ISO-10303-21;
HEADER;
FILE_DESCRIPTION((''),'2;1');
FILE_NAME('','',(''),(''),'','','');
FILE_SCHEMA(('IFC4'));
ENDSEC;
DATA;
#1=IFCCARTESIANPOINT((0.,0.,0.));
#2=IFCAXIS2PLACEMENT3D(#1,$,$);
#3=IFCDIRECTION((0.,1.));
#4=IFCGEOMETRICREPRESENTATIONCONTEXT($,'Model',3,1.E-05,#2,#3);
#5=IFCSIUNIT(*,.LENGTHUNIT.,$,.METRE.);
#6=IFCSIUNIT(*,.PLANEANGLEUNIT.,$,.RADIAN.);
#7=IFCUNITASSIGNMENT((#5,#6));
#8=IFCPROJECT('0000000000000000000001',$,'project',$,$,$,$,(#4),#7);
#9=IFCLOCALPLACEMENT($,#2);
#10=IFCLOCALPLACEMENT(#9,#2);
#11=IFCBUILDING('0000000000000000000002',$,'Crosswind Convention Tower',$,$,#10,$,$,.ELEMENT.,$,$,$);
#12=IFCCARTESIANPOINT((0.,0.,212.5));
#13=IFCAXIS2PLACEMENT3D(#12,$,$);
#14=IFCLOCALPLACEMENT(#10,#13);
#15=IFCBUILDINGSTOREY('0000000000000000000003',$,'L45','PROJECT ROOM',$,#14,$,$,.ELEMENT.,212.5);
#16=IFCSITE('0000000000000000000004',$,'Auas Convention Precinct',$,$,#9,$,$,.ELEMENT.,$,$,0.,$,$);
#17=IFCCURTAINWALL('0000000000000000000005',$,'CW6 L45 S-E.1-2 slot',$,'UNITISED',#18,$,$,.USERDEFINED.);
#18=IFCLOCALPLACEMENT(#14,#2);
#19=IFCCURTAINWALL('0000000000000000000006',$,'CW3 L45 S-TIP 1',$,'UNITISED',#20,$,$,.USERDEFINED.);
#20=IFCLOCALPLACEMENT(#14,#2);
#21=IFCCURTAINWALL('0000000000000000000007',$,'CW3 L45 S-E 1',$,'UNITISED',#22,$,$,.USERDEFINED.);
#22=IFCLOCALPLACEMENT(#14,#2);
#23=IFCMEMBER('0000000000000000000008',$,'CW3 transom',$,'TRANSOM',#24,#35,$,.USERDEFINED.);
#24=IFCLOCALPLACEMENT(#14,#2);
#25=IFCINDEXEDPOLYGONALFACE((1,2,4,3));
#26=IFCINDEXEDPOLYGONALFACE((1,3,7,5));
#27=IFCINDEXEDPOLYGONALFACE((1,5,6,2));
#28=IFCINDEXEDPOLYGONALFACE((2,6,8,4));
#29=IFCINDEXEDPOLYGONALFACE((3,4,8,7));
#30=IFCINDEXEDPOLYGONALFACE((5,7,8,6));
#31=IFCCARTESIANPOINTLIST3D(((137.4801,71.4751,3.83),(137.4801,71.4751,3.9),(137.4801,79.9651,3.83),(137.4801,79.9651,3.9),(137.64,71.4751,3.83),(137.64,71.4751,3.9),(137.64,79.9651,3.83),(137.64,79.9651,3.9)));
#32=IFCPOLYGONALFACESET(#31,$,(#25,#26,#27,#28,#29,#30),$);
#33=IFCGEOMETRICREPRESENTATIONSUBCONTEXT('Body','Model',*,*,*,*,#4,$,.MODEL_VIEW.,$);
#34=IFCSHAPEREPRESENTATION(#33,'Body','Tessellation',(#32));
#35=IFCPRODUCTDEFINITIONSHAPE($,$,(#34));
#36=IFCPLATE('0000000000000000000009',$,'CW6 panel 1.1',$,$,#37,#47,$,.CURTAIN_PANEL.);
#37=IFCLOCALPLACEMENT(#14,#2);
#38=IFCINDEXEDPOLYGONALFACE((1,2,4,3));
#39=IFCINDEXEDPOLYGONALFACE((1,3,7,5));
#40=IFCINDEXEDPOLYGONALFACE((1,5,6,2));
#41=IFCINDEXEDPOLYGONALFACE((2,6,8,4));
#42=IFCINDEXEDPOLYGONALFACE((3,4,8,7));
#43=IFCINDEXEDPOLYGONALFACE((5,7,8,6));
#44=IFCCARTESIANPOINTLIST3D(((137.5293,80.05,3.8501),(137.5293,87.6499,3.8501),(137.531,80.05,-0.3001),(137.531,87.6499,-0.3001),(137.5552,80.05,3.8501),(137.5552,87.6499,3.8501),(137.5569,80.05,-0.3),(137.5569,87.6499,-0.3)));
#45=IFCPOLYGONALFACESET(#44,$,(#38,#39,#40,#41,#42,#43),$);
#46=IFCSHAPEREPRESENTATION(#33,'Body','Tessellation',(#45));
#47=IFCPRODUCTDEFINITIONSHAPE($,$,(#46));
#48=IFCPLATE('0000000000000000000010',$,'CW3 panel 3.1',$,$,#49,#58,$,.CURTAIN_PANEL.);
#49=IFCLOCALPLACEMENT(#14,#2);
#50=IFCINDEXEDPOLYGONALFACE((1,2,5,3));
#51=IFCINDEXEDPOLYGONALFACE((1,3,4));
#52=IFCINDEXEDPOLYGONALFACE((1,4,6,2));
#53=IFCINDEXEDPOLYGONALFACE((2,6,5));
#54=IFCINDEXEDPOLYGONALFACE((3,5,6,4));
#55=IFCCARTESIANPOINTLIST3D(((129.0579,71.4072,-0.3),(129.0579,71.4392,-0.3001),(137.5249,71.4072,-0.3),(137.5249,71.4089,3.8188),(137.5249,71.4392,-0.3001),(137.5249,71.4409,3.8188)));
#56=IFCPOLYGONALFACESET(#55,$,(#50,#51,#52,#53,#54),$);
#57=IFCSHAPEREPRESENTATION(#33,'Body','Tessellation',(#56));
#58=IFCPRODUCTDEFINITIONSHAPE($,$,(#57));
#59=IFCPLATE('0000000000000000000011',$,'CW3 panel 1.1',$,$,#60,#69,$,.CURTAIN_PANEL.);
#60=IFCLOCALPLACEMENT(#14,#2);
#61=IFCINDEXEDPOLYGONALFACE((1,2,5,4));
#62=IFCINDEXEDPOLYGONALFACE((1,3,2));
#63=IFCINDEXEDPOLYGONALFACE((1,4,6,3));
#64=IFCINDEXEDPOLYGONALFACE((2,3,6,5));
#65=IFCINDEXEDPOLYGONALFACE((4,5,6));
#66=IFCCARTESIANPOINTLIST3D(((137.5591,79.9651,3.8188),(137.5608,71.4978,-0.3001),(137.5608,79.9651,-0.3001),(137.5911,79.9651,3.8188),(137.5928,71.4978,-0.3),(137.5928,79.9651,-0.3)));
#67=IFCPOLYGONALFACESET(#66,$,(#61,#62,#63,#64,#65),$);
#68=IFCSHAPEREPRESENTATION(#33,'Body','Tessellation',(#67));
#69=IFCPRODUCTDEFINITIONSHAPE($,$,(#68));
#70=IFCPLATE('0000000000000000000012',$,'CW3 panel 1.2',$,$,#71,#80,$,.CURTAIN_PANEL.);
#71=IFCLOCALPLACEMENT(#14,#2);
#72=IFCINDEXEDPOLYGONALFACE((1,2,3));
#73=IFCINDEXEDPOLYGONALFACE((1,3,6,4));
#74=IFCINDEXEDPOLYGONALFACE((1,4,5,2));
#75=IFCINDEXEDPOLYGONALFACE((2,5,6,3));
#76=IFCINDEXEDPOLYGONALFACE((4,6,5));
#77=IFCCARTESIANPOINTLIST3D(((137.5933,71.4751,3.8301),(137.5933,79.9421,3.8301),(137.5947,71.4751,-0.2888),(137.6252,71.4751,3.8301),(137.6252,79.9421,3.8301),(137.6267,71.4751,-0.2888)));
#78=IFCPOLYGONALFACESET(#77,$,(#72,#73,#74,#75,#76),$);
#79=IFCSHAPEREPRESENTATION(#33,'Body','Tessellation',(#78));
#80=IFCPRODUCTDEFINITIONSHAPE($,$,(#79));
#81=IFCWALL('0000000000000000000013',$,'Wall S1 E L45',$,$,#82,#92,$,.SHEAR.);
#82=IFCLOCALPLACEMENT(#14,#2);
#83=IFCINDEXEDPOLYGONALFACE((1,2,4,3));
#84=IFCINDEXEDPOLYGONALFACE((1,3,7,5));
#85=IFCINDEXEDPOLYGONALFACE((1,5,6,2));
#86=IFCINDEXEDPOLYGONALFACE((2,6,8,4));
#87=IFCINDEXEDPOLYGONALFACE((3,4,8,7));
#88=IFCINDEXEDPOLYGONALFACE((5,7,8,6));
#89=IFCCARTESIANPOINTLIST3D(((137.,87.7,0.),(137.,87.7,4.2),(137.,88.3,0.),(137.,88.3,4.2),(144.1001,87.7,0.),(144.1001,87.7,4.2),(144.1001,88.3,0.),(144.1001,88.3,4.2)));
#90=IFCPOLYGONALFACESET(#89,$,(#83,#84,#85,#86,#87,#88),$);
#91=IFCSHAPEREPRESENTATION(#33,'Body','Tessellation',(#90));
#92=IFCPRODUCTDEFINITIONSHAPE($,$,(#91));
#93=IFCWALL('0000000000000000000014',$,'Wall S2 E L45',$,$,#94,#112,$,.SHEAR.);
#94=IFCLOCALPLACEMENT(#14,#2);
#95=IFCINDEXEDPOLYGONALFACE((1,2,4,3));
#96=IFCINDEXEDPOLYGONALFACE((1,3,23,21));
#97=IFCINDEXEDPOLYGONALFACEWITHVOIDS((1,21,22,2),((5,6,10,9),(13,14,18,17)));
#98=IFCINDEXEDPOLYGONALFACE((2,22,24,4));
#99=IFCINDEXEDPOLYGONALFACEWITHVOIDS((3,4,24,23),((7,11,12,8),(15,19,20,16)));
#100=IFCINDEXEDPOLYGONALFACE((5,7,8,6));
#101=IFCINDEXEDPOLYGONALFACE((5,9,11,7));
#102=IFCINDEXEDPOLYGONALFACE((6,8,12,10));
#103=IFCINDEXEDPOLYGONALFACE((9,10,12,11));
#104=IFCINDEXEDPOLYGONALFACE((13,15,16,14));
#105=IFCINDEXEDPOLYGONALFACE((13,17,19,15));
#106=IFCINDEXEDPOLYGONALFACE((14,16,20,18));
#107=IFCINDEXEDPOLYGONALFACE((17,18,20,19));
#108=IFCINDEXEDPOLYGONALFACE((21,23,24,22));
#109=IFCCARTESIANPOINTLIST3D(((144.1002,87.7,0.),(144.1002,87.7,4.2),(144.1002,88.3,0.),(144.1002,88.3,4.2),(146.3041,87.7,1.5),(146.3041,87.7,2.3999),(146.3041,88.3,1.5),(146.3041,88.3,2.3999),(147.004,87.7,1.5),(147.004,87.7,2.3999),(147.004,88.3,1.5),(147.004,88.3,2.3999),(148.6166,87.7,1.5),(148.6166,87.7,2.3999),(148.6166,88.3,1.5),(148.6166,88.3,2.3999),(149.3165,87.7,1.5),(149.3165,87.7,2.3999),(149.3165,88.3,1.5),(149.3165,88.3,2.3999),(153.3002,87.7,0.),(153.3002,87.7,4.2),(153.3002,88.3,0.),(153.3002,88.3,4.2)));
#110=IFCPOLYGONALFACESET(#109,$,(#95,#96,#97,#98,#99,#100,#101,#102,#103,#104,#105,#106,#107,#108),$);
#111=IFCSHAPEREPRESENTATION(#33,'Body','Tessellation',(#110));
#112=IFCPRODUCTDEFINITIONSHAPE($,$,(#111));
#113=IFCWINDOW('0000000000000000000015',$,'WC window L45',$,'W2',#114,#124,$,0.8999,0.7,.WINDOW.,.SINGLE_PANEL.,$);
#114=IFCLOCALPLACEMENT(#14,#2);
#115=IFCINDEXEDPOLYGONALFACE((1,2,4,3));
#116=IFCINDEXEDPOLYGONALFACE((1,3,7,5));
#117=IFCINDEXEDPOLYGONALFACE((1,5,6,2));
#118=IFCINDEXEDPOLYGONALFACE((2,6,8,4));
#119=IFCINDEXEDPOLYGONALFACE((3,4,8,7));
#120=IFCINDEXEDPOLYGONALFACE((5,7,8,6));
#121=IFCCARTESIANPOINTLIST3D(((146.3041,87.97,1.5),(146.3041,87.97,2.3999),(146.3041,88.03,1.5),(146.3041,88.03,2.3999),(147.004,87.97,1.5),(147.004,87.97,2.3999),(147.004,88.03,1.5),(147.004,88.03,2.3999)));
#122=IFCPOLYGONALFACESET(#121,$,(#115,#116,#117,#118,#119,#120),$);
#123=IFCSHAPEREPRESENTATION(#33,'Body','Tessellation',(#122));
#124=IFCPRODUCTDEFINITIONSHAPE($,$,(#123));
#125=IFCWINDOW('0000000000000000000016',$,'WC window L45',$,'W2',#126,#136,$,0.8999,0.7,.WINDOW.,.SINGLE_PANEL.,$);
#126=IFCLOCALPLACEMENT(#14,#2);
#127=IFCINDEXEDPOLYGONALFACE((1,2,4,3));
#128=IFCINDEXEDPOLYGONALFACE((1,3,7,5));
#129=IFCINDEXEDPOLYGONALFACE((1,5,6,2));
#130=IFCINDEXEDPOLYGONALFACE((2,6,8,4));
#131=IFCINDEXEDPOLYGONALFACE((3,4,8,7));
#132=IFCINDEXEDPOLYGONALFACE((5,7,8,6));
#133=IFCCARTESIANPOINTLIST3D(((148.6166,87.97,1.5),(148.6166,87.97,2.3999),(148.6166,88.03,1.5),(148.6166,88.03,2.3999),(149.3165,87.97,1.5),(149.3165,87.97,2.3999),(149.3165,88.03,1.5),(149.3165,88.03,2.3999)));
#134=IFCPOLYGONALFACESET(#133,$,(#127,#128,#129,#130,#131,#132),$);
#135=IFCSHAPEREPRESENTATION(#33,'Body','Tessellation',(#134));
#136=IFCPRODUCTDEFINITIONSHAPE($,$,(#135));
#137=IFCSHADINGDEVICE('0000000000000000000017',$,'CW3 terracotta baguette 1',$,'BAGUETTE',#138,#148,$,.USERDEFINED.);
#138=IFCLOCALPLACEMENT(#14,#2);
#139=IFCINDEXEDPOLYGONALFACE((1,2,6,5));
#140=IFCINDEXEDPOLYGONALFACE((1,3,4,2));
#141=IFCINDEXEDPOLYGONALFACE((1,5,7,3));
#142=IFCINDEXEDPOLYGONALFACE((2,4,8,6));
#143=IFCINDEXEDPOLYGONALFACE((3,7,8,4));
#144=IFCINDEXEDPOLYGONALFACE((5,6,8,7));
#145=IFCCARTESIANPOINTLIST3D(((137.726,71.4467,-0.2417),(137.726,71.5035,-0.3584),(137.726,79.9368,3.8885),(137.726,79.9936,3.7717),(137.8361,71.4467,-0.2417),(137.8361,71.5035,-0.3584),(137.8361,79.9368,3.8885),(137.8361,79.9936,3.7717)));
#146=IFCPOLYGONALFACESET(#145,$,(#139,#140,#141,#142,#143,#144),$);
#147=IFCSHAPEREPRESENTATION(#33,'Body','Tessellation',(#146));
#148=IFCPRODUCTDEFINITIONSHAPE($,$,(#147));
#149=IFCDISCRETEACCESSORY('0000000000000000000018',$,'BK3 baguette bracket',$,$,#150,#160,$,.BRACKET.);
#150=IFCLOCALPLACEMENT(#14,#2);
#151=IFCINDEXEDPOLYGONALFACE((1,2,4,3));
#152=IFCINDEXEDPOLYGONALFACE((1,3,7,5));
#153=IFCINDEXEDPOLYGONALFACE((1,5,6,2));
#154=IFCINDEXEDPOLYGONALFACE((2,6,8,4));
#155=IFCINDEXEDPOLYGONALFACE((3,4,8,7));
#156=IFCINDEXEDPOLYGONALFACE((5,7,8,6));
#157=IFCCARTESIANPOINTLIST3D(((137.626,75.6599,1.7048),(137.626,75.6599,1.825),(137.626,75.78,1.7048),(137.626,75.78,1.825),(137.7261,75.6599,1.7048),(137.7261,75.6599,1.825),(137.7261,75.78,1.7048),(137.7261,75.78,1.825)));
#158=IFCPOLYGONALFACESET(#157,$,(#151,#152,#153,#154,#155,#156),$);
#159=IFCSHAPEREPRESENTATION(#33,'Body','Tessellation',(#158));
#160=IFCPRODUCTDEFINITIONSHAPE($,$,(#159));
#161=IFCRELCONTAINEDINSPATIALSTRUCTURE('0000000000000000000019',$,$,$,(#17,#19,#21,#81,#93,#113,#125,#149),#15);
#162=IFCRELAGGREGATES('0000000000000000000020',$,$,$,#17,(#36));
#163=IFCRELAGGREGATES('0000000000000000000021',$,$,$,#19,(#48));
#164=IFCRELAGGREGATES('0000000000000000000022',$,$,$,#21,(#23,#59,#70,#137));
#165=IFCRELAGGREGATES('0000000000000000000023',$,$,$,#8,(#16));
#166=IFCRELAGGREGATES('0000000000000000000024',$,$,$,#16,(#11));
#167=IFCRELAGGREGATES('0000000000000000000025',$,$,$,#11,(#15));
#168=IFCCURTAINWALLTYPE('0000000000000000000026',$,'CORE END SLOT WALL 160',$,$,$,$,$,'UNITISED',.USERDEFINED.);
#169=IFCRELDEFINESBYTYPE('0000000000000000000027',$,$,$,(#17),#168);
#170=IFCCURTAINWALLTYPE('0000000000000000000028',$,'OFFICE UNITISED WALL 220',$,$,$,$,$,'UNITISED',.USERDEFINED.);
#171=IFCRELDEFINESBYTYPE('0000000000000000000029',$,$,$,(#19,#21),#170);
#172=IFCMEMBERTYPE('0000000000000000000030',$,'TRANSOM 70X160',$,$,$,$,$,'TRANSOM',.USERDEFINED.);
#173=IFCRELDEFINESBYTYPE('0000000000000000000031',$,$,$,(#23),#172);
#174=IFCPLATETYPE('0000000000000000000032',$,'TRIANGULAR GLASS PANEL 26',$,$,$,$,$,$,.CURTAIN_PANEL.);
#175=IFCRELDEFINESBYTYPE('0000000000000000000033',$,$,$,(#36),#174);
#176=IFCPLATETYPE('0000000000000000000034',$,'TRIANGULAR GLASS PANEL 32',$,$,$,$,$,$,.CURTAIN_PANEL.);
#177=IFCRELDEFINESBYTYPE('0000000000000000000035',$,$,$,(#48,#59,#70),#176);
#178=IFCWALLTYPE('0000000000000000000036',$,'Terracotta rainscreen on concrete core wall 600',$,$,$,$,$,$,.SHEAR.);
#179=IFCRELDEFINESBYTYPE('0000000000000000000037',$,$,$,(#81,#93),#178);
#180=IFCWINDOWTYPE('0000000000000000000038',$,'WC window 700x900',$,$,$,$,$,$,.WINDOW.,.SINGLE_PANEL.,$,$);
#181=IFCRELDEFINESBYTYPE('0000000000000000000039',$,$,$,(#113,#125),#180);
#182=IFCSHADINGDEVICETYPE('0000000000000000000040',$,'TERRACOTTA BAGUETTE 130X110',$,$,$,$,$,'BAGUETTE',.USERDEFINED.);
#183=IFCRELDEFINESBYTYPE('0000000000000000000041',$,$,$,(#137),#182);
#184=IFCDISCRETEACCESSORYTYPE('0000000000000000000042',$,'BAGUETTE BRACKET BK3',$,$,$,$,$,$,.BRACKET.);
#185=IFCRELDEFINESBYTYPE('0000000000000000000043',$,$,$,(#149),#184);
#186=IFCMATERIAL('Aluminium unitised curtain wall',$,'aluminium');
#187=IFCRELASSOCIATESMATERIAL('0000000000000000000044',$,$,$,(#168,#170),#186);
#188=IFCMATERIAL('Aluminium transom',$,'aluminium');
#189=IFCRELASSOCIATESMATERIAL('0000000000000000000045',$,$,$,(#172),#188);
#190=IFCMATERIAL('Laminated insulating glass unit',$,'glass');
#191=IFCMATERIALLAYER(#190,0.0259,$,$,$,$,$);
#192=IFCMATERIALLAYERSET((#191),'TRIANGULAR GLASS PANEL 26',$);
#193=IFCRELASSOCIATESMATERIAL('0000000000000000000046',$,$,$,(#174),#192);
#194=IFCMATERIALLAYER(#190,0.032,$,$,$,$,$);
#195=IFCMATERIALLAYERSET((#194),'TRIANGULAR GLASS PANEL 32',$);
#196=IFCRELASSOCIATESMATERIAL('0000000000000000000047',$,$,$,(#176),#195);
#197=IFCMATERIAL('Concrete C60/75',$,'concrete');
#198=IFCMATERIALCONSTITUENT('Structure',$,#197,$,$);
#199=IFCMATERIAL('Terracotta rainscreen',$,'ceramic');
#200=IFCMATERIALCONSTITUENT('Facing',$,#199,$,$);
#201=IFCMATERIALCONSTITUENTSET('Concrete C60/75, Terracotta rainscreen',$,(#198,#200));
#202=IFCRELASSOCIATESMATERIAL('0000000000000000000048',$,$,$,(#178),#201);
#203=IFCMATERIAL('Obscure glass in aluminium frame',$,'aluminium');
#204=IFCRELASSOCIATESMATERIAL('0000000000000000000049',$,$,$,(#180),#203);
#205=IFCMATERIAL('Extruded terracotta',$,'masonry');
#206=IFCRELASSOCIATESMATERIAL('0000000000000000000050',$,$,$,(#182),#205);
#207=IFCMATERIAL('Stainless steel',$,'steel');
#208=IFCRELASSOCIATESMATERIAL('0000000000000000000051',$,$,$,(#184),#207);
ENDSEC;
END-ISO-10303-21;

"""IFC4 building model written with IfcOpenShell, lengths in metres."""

from ifc_helpers import new_model, si_unit, direction, frame, frame_2d, origin, origin_2d, place, context, subcontext, project, spatial, polyline, rectangle, outline, extrude, material, layer, layer_set, constituent, constituent_set, material_profile, profile_set, type_object, element, fill, aggregate, save


model = new_model("IFC4")

# Units and contexts
model_context = context("Model", 3, precision=1e-05, world=origin(), true_north=direction((0.0, 1.0)))
body_context = subcontext(model_context, "Body", "Model", "MODEL_VIEW")
ifc_project = project(units=[si_unit("LENGTHUNIT", "METRE"), si_unit("PLANEANGLEUNIT", "RADIAN")], contexts=[model_context])

# Site, building, storey
site_placement = place(None, origin())
site = spatial("IfcSite", under=ifc_project, at=site_placement, Name="Auas Convention Precinct", CompositionType="ELEMENT", RefElevation=0.0)
building_placement = place(site_placement, origin())
building = spatial("IfcBuilding", under=site, at=building_placement, Name="Crosswind Convention Tower", CompositionType="ELEMENT")
storey_placement = place(building_placement, frame((0.0, 0.0, 212.5)))
storey = spatial("IfcBuildingStorey", under=building, at=storey_placement, Name="L45", Description="PROJECT ROOM", CompositionType="ELEMENT", Elevation=212.5)

# Shared definitions
ifc_material_1 = material(Name="Concrete C60/75", Category="concrete")

# Curtain wall
ifc_material_2 = material(Name="Aluminium unitised curtain wall", Category="aluminium")
curtain_wall_type_1 = type_object("IfcCurtainWallType", Name="CORE END SLOT WALL 160", ElementType="UNITISED", PredefinedType="USERDEFINED", material=ifc_material_2)
curtain_wall_1_placement = place(storey_placement, origin())
curtain_wall_1 = element("IfcCurtainWall", 1, at=curtain_wall_1_placement, inside=storey, type_object=curtain_wall_type_1, Name="CW6 L45 S-E.1-2 slot", ObjectType="UNITISED", PredefinedType="USERDEFINED")

# Curtain walls
curtain_wall_type_2 = type_object("IfcCurtainWallType", Name="OFFICE UNITISED WALL 220", ElementType="UNITISED", PredefinedType="USERDEFINED", material=ifc_material_2)
curtain_wall_2_placement = place(storey_placement, origin())
curtain_wall_2 = element("IfcCurtainWall", 2, at=curtain_wall_2_placement, inside=storey, type_object=curtain_wall_type_2, Name="CW3 L45 S-TIP 1", ObjectType="UNITISED", PredefinedType="USERDEFINED")
curtain_wall_3_placement = place(storey_placement, origin())
curtain_wall_3 = element("IfcCurtainWall", 3, at=curtain_wall_3_placement, inside=storey, type_object=curtain_wall_type_2, Name="CW3 L45 S-E 1", ObjectType="UNITISED", PredefinedType="USERDEFINED")

# Member
ifc_material_3 = material(Name="Aluminium transom", Category="aluminium")
ifc_material_profile_1 = material_profile(ifc_material_3, rectangle(XDim=0.1599, YDim=0.0701, at=origin_2d()), Name="AL 160X70")
ifc_profile_set_1 = profile_set([ifc_material_profile_1], Name="Aluminium transom")
member_type_1 = type_object("IfcMemberType", Name="TRANSOM 70X160", ElementType="TRANSOM", PredefinedType="USERDEFINED", material=ifc_profile_set_1)
member_1_placement = place(storey_placement, frame((137.5601, 71.4751, 3.865), z_axis=(0.0, 1.0, 0.0), x_axis=(-1.0, 0.0, 0.0)))
member_1 = element("IfcMember", 4, at=member_1_placement, type_object=member_type_1, Name="CW3 transom", ObjectType="TRANSOM", PredefinedType="USERDEFINED", context=body_context, shape_type="SweptSolid", body=[
    extrude(rectangle(XDim=0.1599, YDim=0.0701, at=origin_2d()), origin(), (0.0, 0.0, 1.0), 8.49),
])

# Plates
ifc_material_4 = material(Name="Laminated insulating glass unit", Category="glass")
ifc_layer_1 = layer(ifc_material_4, 0.0259)
ifc_layer_set_1 = layer_set([ifc_layer_1], Name="TRIANGULAR GLASS PANEL 26")
plate_type_1 = type_object("IfcPlateType", Name="TRIANGULAR GLASS PANEL 26", PredefinedType="CURTAIN_PANEL", material=ifc_layer_set_1)
plate_1_placement = place(storey_placement, frame((137.5569, 80.05, -0.3), z_axis=(1.0, 0.0, 0.000412), x_axis=(0.0, 1.0, 0.0)))
plate_1 = element("IfcPlate", 5, at=plate_1_placement, type_object=plate_type_1, Name="CW6 panel 1.1", PredefinedType="CURTAIN_PANEL", context=body_context, shape_type="SweptSolid", body=[
    extrude(outline(polyline([(0.0, 0.0), (7.5999, 0.0), (7.5999, 4.1501), (0.0, 4.1501), (0.0, 0.0)])), origin(), (0.0, 0.0, -1.0), 0.0259),
])
aggregate(curtain_wall_1, [plate_1])
ifc_layer_2 = layer(ifc_material_4, 0.032)
ifc_layer_set_2 = layer_set([ifc_layer_2], Name="TRIANGULAR GLASS PANEL 32")
plate_type_2 = type_object("IfcPlateType", Name="TRIANGULAR GLASS PANEL 32", PredefinedType="CURTAIN_PANEL", material=ifc_layer_set_2)
plate_2_placement = place(storey_placement, frame((137.5249, 71.4072, -0.3), z_axis=(0.0, -1.0, 0.000415), x_axis=(0.0, 0.000415, 1.0)))
plate_2 = element("IfcPlate", 6, at=plate_2_placement, type_object=plate_type_2, Name="CW3 panel 3.1", PredefinedType="CURTAIN_PANEL", context=body_context, shape_type="SweptSolid", body=[
    extrude(outline(polyline([(0.0, 0.0), (4.1189, 0.0), (0.0, 8.467), (0.0, 0.0)])), origin(), (0.0, 0.0, -1.0), 0.032),
])
aggregate(curtain_wall_2, [plate_2])
plate_3_placement = place(storey_placement, frame((137.5928, 79.9651, -0.3), z_axis=(1.0, 0.0, 0.000415), x_axis=(-0.000415, 0.0, 1.0)))
plate_3 = element("IfcPlate", 7, at=plate_3_placement, type_object=plate_type_2, Name="CW3 panel 1.1", PredefinedType="CURTAIN_PANEL", context=body_context, shape_type="SweptSolid", body=[
    extrude(outline(polyline([(0.0, 0.0), (4.1189, 0.0), (0.0, 8.4673), (0.0, 0.0)])), origin(), (0.0, 0.0, -1.0), 0.032),
])
plate_4_placement = place(storey_placement, frame((137.6252, 71.4751, 3.8301), z_axis=(1.0, 0.0, 0.000356), x_axis=(0.000356, 0.0, -1.0)))
plate_4 = element("IfcPlate", 8, at=plate_4_placement, type_object=plate_type_2, Name="CW3 panel 1.2", PredefinedType="CURTAIN_PANEL", context=body_context, shape_type="SweptSolid", body=[
    extrude(outline(polyline([(0.0, 0.0), (4.1189, 0.0), (0.0, 8.467), (0.0, 0.0)])), origin(), (0.0, 0.0, -1.0), 0.032),
])

# Wall
ifc_constituent_1 = constituent(ifc_material_1, Name="Structure")
ifc_material_5 = material(Name="Terracotta rainscreen", Category="ceramic")
ifc_constituent_2 = constituent(ifc_material_5, Name="Facing")
ifc_constituent_set = constituent_set(constituents=[ifc_constituent_1, ifc_constituent_2], Name="Concrete C60/75, Terracotta rainscreen")
wall_type = type_object("IfcWallType", Name="Terracotta rainscreen on concrete core wall 600", PredefinedType="SHEAR", material=ifc_constituent_set)
wall_1_placement = place(storey_placement, frame((137.0, 88.0, 0.0), z_axis=(0.0, 0.0, 1.0), x_axis=(1.0, 0.0, 0.0)))
element("IfcWall", 9, at=wall_1_placement, inside=storey, type_object=wall_type, Name="Wall S1 E L45", PredefinedType="SHEAR", context=body_context, shape_type="SweptSolid", body=[
    extrude(rectangle(XDim=7.1001, YDim=0.6001, at=frame_2d((3.55, 0.0))), origin(), (0.0, 0.0, 1.0), 4.2),
])

# Wall, openings, windows
wall_2_placement = place(storey_placement, frame((144.1001, 88.0, 0.0), z_axis=(0.0, 0.0, 1.0), x_axis=(1.0, 0.0, 0.0)))
wall_2 = element("IfcWall", 10, at=wall_2_placement, inside=storey, type_object=wall_type, Name="Wall S2 E L45", PredefinedType="SHEAR", context=body_context, shape_type="SweptSolid", body=[
    extrude(rectangle(XDim=9.2, YDim=0.6001, at=frame_2d((4.6001, 0.0))), origin(), (0.0, 0.0, 1.0), 4.2),
])
opening_1_placement = place(wall_2_placement, frame((2.2039, 0.0, 1.5)))
opening_1 = element("IfcOpeningElement", 11, at=opening_1_placement, cuts=wall_2, PredefinedType="OPENING", context=body_context, shape_type="SweptSolid", body=[
    extrude(rectangle(XDim=0.7, YDim=0.8999, at=frame_2d((0.3501, 0.45))), frame((0.0, 0.3101, 0.0), z_axis=(0.0, -1.0, 0.0), x_axis=(1.0, 0.0, 0.0)), (0.0, 0.0, 1.0), 0.6201),
])
opening_2_placement = place(wall_2_placement, frame((4.5164, 0.0, 1.5)))
opening_2 = element("IfcOpeningElement", 12, at=opening_2_placement, cuts=wall_2, PredefinedType="OPENING", context=body_context, shape_type="SweptSolid", body=[
    extrude(rectangle(XDim=0.7, YDim=0.8999, at=frame_2d((0.3501, 0.45))), frame((0.0, 0.3101, 0.0), z_axis=(0.0, -1.0, 0.0), x_axis=(1.0, 0.0, 0.0)), (0.0, 0.0, 1.0), 0.6201),
])
ifc_material_6 = material(Name="Obscure glass in aluminium frame", Category="aluminium")
window_type = type_object("IfcWindowType", Name="WC window 700x900", PartitioningType="SINGLE_PANEL", PredefinedType="WINDOW", material=ifc_material_6)
window_1_placement = place(opening_1_placement, origin())
window_1 = element("IfcWindow", 13, at=window_1_placement, inside=storey, type_object=window_type, Name="WC window L45", ObjectType="W2", OverallHeight=0.8999, OverallWidth=0.7, PartitioningType="SINGLE_PANEL", PredefinedType="WINDOW", context=body_context, shape_type="SweptSolid", body=[
    extrude(rectangle(XDim=0.7, YDim=0.8999, at=frame_2d((0.3501, 0.45))), frame((0.0, 0.03, 0.0), z_axis=(0.0, -1.0, 0.0), x_axis=(1.0, 0.0, 0.0)), (0.0, 0.0, 1.0), 0.0601),
])
fill(opening_1, window_1)
window_2_placement = place(opening_2_placement, origin())
window_2 = element("IfcWindow", 14, at=window_2_placement, inside=storey, type_object=window_type, Name="WC window L45", ObjectType="W2", OverallHeight=0.8999, OverallWidth=0.7, PartitioningType="SINGLE_PANEL", PredefinedType="WINDOW", context=body_context, shape_type="SweptSolid", body=[
    extrude(rectangle(XDim=0.7, YDim=0.8999, at=frame_2d((0.3501, 0.45))), frame((0.0, 0.03, 0.0), z_axis=(0.0, -1.0, 0.0), x_axis=(1.0, 0.0, 0.0)), (0.0, 0.0, 1.0), 0.0601),
])
fill(opening_2, window_2)

# Shading device
ifc_material_7 = material(Name="Extruded terracotta", Category="masonry")
ifc_material_profile_2 = material_profile(ifc_material_7, rectangle(XDim=0.1101, YDim=0.1299, at=origin_2d()), Name="TC 110X130")
ifc_profile_set_2 = profile_set([ifc_material_profile_2], Name="Extruded terracotta")
shading_device_type = type_object("IfcShadingDeviceType", Name="TERRACOTTA BAGUETTE 130X110", ElementType="BAGUETTE", PredefinedType="USERDEFINED", material=ifc_profile_set_2)
shading_device_placement = place(storey_placement, frame((137.781, 71.4751, -0.3), z_axis=(0.0, 0.899241, 0.437454), x_axis=(-1.0, 0.0, 0.0)))
shading_device = element("IfcShadingDevice", 15, at=shading_device_placement, type_object=shading_device_type, Name="CW3 terracotta baguette 1", ObjectType="BAGUETTE", PredefinedType="USERDEFINED", context=body_context, shape_type="SweptSolid", body=[
    extrude(rectangle(XDim=0.1101, YDim=0.1299, at=origin_2d()), origin(), (0.0, 0.0, 1.0), 9.4414),
])
aggregate(curtain_wall_3, [member_1, plate_3, plate_4, shading_device])

# Discrete accessory
ifc_material_8 = material(Name="Stainless steel", Category="steel")
discrete_accessory_type = type_object("IfcDiscreteAccessoryType", Name="BAGUETTE BRACKET BK3", PredefinedType="BRACKET", material=ifc_material_8)
discrete_accessory_placement = place(storey_placement, frame((137.676, 75.72, 1.7048), z_axis=(0.0, 0.0, 1.0), x_axis=(0.0, 1.0, 0.0)))
element("IfcDiscreteAccessory", 16, at=discrete_accessory_placement, inside=storey, type_object=discrete_accessory_type, Name="BK3 baguette bracket", PredefinedType="BRACKET", context=body_context, shape_type="SweptSolid", body=[
    extrude(rectangle(XDim=0.1201, YDim=0.1001, at=origin_2d()), origin(), (0.0, 0.0, 1.0), 0.1201),
])

save(model, "model.ifc")
